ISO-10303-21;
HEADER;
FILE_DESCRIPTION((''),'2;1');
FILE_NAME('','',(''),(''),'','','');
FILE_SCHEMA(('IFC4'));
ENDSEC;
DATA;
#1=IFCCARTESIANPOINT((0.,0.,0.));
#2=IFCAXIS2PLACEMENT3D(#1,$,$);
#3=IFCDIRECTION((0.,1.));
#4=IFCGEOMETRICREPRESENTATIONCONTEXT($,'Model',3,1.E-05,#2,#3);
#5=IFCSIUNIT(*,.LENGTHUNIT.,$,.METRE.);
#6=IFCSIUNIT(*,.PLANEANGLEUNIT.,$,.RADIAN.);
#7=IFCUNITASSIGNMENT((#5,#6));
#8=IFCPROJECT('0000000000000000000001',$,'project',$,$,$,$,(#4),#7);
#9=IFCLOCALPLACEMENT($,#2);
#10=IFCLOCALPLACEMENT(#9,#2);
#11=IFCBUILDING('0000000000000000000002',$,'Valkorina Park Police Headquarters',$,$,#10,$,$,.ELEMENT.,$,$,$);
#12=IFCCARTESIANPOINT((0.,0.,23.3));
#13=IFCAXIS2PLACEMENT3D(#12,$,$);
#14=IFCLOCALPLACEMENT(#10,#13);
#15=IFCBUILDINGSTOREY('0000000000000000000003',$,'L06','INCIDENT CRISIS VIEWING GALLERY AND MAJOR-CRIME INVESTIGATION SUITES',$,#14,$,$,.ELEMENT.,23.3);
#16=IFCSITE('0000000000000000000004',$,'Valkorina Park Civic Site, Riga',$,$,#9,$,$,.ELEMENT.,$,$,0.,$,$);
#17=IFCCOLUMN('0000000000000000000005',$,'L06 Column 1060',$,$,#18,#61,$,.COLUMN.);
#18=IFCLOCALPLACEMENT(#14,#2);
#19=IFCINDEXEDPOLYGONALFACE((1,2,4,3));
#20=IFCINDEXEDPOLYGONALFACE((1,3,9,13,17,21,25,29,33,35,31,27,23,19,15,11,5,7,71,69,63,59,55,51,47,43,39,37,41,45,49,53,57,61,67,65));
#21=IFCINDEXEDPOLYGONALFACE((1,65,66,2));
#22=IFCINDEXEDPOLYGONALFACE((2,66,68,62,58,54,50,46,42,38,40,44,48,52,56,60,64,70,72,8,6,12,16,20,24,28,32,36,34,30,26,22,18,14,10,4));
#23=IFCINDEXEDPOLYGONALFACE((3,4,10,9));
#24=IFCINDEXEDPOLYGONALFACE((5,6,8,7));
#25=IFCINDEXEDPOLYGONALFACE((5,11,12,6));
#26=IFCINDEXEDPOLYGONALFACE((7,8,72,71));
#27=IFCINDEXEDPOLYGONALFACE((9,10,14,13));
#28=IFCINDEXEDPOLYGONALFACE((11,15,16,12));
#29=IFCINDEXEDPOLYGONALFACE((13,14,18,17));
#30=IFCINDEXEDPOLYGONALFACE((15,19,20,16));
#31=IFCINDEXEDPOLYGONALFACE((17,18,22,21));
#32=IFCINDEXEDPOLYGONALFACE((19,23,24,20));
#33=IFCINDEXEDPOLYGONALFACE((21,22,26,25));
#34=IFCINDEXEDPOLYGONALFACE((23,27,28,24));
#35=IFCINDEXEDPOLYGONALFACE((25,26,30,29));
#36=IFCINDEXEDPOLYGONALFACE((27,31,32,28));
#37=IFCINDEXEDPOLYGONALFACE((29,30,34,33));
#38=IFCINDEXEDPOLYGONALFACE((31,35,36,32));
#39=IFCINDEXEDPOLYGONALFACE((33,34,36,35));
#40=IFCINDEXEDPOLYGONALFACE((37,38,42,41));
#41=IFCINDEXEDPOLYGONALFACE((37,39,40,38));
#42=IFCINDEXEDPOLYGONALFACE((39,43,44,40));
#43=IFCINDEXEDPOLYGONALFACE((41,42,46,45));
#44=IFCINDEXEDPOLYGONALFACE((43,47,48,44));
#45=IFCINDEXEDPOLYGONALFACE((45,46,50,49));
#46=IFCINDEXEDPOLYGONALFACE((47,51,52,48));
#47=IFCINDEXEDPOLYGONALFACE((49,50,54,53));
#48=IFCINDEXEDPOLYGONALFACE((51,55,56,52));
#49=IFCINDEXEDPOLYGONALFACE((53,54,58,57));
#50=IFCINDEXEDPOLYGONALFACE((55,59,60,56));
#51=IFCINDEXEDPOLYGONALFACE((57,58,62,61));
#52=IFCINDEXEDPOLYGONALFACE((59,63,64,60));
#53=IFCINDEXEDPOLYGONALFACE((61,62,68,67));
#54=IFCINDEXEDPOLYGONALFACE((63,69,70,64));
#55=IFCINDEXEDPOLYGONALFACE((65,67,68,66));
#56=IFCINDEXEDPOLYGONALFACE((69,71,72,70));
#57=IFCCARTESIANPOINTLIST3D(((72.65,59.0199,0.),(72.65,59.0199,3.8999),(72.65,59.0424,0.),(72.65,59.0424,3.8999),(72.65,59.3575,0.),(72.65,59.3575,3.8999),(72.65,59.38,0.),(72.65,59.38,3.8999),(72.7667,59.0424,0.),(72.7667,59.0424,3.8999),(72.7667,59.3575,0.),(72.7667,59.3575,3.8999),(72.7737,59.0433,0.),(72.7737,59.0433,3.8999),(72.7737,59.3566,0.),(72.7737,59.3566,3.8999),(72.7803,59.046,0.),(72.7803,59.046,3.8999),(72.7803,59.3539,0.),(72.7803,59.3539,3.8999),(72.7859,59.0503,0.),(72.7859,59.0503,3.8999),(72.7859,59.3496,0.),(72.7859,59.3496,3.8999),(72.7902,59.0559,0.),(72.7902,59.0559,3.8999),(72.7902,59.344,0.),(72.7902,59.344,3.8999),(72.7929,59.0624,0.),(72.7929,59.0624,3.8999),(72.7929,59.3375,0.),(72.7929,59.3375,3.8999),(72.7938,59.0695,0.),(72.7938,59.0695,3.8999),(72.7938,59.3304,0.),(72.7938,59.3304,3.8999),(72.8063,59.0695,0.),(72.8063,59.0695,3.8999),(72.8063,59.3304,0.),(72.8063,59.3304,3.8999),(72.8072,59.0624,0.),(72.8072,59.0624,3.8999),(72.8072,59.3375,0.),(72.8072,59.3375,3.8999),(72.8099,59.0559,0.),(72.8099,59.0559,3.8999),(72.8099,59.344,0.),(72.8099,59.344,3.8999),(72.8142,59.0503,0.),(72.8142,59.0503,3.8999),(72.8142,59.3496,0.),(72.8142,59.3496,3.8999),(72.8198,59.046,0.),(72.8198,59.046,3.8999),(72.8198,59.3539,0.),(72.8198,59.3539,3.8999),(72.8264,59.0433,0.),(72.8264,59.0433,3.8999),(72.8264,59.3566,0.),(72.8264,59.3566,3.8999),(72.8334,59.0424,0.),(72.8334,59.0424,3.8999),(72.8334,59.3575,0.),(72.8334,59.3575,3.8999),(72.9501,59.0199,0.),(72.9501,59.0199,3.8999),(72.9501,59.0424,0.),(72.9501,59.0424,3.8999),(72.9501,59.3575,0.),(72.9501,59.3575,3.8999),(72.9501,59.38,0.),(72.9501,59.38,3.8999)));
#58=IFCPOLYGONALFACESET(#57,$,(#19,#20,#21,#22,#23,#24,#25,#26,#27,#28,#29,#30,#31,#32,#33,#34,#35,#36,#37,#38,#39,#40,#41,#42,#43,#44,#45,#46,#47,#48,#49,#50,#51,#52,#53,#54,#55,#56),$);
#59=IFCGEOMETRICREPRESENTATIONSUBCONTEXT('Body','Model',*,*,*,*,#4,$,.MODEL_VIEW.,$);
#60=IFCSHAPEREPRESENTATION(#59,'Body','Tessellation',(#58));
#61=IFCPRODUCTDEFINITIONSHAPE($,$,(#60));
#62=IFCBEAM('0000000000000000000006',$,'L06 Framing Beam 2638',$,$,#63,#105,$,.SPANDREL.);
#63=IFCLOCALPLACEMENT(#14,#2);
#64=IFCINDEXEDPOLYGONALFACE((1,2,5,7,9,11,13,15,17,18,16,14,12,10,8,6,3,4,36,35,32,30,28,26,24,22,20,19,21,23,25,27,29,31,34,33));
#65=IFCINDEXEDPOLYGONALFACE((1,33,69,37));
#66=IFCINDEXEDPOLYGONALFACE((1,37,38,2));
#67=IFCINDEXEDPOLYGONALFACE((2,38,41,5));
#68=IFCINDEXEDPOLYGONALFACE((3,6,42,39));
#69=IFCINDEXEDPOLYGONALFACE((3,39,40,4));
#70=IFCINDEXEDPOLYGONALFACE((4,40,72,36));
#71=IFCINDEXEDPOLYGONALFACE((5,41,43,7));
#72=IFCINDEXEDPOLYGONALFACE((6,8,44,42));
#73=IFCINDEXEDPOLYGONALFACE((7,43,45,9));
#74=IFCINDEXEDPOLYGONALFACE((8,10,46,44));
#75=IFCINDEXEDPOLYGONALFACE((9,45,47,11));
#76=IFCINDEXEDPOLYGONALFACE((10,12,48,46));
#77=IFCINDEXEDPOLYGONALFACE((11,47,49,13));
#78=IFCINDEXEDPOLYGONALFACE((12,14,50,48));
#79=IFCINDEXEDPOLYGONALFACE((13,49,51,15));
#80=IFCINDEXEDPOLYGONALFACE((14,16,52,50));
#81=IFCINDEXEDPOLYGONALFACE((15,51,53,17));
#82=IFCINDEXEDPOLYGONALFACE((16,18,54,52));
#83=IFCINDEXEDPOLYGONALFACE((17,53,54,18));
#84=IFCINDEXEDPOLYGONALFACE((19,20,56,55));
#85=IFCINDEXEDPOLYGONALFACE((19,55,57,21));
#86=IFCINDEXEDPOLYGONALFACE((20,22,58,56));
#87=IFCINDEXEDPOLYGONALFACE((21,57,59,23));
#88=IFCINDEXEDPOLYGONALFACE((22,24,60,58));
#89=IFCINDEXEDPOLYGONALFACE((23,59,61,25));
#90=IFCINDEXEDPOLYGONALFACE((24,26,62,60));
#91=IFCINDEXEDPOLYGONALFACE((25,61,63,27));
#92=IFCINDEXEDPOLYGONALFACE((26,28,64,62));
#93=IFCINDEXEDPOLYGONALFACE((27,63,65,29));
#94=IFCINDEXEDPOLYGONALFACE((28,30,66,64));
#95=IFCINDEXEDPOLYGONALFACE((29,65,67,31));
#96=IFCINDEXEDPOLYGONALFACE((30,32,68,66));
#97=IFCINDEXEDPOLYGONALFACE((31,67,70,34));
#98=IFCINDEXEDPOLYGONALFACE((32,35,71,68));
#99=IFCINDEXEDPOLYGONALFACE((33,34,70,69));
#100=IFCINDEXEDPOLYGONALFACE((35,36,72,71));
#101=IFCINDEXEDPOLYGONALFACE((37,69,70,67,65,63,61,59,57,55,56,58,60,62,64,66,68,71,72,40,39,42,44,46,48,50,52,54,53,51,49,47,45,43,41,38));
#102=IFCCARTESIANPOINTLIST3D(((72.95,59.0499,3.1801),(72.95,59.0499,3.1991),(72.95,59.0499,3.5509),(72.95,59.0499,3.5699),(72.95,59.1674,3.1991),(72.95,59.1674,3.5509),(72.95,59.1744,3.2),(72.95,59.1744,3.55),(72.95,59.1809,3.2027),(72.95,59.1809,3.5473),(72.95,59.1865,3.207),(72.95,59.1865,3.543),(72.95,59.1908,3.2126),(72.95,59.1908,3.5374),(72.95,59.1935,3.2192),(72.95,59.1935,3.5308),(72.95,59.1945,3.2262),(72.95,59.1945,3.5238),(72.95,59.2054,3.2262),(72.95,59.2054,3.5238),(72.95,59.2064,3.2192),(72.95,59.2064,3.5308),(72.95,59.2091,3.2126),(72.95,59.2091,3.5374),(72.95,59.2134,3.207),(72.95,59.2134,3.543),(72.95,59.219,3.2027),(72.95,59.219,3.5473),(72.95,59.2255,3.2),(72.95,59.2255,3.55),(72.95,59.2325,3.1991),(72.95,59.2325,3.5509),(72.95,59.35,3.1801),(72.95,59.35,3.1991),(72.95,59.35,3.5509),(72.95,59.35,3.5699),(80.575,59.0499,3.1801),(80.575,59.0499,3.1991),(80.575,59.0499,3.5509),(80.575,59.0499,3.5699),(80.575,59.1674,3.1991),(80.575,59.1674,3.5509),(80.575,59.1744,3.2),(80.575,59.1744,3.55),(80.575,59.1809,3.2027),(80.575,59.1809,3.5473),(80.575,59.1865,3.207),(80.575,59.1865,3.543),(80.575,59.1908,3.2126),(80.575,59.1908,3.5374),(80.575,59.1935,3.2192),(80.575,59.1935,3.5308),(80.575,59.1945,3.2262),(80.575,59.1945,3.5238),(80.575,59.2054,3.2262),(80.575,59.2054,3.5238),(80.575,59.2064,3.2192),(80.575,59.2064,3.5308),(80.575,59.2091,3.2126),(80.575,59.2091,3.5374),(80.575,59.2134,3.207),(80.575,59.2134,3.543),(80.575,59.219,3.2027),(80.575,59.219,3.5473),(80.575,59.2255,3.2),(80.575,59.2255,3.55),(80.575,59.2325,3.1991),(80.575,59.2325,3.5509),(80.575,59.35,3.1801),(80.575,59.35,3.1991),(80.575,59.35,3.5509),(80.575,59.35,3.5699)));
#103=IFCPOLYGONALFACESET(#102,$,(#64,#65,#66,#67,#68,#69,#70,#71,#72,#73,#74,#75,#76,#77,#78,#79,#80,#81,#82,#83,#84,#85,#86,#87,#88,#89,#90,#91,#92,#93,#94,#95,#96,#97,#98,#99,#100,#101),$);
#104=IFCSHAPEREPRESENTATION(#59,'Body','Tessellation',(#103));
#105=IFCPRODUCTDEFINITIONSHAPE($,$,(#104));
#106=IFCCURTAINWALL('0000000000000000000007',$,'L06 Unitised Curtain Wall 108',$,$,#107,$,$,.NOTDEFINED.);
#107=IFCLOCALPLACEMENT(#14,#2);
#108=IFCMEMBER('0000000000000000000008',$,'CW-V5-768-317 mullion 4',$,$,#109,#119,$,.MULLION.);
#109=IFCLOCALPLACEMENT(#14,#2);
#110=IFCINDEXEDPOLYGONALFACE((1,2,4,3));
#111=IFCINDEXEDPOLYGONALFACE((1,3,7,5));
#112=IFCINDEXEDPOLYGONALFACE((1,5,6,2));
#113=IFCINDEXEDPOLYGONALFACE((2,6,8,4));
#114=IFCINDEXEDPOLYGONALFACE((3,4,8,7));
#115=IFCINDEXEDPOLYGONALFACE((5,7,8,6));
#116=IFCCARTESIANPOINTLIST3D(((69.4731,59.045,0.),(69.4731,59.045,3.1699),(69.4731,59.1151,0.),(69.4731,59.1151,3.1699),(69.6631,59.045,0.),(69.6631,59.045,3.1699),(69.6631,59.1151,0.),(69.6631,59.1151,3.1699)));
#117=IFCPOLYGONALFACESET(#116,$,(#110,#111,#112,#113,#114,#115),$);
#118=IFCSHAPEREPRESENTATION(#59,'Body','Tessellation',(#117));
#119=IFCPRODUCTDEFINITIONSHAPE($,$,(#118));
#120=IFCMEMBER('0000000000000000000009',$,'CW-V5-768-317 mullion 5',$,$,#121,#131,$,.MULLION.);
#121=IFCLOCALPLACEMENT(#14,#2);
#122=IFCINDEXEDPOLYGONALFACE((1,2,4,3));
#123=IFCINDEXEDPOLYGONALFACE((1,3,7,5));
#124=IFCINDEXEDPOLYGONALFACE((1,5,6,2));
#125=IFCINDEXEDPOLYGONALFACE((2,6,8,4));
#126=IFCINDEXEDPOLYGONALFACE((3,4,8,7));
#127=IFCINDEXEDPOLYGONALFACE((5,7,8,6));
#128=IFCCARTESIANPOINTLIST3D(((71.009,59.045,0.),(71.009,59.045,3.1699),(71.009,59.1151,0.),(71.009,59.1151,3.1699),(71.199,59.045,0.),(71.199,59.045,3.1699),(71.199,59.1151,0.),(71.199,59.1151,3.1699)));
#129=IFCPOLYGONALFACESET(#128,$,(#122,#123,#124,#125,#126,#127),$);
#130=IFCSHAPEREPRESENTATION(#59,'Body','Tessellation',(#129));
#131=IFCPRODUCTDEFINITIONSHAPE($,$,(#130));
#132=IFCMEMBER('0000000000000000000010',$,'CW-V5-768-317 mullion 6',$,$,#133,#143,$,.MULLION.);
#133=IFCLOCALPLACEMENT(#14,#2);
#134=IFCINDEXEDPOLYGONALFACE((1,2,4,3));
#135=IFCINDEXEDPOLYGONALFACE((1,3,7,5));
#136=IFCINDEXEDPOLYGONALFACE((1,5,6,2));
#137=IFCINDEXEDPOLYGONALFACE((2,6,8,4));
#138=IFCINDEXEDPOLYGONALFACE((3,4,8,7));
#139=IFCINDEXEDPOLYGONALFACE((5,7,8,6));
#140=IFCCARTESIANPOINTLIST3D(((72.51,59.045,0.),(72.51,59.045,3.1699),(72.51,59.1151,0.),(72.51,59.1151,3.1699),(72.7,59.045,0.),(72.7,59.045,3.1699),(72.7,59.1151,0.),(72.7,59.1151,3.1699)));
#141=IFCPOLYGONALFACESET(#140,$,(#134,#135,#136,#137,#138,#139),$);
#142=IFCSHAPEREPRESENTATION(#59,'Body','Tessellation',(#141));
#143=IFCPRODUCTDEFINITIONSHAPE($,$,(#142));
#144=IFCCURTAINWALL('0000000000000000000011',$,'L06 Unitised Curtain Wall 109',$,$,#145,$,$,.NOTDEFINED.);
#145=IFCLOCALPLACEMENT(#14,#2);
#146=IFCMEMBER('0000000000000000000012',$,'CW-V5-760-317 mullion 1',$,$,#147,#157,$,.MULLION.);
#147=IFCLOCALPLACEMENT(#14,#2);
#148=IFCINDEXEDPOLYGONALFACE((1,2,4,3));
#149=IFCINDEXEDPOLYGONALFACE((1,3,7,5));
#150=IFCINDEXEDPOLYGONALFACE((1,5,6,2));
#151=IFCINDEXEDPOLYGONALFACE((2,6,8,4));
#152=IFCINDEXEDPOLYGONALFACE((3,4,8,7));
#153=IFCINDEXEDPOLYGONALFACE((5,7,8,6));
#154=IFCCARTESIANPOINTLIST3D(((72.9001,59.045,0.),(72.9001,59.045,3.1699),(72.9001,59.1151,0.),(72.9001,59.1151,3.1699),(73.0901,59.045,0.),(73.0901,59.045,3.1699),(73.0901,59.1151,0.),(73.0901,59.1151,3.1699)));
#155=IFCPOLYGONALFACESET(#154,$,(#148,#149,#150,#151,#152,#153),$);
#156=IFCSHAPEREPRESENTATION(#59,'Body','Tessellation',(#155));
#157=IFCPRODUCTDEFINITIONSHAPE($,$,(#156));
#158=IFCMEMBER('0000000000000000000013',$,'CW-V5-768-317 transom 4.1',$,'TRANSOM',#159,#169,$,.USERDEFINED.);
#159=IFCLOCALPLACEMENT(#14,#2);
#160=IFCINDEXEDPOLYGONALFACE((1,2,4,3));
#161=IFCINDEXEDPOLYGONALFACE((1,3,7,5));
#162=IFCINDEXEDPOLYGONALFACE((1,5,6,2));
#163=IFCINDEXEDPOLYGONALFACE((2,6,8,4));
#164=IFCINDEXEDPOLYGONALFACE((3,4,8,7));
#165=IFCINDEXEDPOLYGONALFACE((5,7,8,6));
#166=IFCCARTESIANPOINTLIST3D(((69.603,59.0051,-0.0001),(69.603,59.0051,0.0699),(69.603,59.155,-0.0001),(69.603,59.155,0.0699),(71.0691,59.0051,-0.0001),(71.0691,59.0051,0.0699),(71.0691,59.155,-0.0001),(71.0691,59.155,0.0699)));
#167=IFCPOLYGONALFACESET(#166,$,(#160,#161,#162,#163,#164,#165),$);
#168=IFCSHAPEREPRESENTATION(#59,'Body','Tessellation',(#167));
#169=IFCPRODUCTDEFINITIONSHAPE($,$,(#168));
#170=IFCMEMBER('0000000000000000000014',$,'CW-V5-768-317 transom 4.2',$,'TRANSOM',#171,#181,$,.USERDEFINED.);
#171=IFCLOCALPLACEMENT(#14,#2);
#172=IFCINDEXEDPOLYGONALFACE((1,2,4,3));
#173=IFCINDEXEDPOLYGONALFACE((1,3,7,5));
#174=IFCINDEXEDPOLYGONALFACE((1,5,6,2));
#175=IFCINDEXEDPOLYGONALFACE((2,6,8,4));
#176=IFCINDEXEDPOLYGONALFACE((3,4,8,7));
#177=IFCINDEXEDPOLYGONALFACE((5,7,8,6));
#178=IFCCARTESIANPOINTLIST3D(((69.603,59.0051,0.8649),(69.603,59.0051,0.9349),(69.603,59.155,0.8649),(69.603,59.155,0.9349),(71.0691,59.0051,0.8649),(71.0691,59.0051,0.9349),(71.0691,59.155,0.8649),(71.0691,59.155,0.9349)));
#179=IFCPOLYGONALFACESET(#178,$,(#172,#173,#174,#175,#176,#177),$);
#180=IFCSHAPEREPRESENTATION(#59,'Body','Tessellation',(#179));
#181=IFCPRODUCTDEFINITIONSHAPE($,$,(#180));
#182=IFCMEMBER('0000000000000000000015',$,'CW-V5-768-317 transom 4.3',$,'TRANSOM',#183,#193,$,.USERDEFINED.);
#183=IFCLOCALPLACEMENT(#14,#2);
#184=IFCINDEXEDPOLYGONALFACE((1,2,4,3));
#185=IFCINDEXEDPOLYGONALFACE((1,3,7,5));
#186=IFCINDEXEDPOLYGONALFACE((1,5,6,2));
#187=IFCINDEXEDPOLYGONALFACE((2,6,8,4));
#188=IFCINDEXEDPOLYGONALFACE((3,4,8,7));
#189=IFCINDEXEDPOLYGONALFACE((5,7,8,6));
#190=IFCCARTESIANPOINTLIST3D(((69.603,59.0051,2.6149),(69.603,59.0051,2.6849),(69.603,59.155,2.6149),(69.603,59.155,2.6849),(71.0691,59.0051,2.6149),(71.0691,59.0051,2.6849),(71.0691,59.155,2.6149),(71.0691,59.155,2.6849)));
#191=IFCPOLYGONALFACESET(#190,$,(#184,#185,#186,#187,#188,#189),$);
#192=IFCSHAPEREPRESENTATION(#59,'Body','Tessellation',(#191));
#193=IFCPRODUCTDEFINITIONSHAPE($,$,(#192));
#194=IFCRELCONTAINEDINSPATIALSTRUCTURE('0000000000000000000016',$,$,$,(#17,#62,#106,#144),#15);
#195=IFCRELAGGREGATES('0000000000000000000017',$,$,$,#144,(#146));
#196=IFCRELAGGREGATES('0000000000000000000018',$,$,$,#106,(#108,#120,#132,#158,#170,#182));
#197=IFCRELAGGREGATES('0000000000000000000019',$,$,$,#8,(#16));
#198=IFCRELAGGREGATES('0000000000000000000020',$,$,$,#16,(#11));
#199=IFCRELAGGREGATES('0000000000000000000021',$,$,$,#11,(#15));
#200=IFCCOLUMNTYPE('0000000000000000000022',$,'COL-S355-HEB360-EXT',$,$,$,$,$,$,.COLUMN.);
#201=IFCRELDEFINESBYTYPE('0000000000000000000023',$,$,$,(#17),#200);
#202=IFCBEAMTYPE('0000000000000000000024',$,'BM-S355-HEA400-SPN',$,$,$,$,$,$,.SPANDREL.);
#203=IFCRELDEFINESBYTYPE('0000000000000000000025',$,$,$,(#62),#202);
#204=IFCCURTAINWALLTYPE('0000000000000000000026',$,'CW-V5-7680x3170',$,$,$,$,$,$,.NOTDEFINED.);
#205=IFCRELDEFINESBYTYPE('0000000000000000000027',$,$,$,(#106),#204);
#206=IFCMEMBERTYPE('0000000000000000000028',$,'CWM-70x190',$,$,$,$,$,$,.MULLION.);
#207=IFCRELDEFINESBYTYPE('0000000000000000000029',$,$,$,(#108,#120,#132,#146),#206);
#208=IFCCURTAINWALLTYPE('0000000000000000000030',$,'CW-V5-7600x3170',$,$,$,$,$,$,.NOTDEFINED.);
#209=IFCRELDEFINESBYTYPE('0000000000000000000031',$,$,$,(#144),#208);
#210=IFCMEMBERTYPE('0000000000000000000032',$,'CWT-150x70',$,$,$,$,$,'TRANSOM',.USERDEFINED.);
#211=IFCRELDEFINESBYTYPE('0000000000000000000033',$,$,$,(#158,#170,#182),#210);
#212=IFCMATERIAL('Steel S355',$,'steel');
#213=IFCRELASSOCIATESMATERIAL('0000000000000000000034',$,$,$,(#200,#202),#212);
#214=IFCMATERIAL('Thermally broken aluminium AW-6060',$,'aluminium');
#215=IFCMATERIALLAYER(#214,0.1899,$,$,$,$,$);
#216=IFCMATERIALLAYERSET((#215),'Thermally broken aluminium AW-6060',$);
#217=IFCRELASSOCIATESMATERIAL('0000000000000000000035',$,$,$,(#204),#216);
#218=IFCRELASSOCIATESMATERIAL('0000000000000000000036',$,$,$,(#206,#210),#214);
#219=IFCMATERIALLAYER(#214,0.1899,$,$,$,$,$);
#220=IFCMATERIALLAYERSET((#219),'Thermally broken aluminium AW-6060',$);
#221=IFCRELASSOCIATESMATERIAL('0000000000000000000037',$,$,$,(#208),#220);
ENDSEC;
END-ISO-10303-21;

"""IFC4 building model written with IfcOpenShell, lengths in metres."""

from ifc_helpers import new_model, si_unit, direction, frame, origin, origin_2d, place, context, subcontext, project, spatial, rectangle, i_section, extrude, material, layer, layer_set, material_profile, profile_set, type_object, element, aggregate, save


model = new_model("IFC4")

# Units and contexts
model_context = context("Model", 3, precision=1e-05, world=origin(), true_north=direction((0.0, 1.0)))
body_context = subcontext(model_context, "Body", "Model", "MODEL_VIEW")
ifc_project = project(units=[si_unit("LENGTHUNIT", "METRE"), si_unit("PLANEANGLEUNIT", "RADIAN")], contexts=[model_context])

# Site, building, storey
site_placement = place(None, origin())
site = spatial("IfcSite", under=ifc_project, at=site_placement, Name="Valkorina Park Civic Site, Riga", CompositionType="ELEMENT", RefElevation=0.0)
building_placement = place(site_placement, origin())
building = spatial("IfcBuilding", under=site, at=building_placement, Name="Valkorina Park Police Headquarters", CompositionType="ELEMENT")
storey_placement = place(building_placement, frame((0.0, 0.0, 23.3)))
storey = spatial("IfcBuildingStorey", under=building, at=storey_placement, Name="L06", Description="INCIDENT CRISIS VIEWING GALLERY AND MAJOR-CRIME INVESTIGATION SUITES", CompositionType="ELEMENT", Elevation=23.3)

# Column
ifc_material_1 = material(Name="Steel S355", Category="steel")
ifc_material_profile_1 = material_profile(ifc_material_1, i_section(OverallWidth=0.3, OverallDepth=0.3601, WebThickness=0.0125, FlangeThickness=0.0225, FilletRadius=0.0271, at=origin_2d()), Name="HEB 360")
ifc_profile_set_1 = profile_set([ifc_material_profile_1], Name="Steel S355")
column_type = type_object("IfcColumnType", Name="COL-S355-HEB360-EXT", PredefinedType="COLUMN", material=ifc_profile_set_1)
column_placement = place(storey_placement, frame((72.8, 59.2, 0.0), z_axis=(0.0, 0.0, 1.0), x_axis=(1.0, 0.0, 0.0)))
element("IfcColumn", 1, at=column_placement, inside=storey, type_object=column_type, Name="L06 Column 1060", PredefinedType="COLUMN", context=body_context, shape_type="SweptSolid", body=[
    extrude(i_section(OverallWidth=0.3, OverallDepth=0.3601, WebThickness=0.0125, FlangeThickness=0.0225, FilletRadius=0.0271, at=origin_2d()), origin(), (0.0, 0.0, 1.0), 3.8999),
])

# Beam
ifc_material_profile_2 = material_profile(ifc_material_1, i_section(OverallWidth=0.3, OverallDepth=0.3899, WebThickness=0.011, FlangeThickness=0.019, FilletRadius=0.0271, at=origin_2d()), Name="HEA 400")
ifc_profile_set_2 = profile_set([ifc_material_profile_2], Name="Steel S355")
beam_type = type_object("IfcBeamType", Name="BM-S355-HEA400-SPN", PredefinedType="SPANDREL", material=ifc_profile_set_2)
beam_placement = place(storey_placement, frame((72.95, 59.2, 3.375), z_axis=(1.0, 0.0, 0.0), x_axis=(0.0, 1.0, 0.0)))
element("IfcBeam", 2, at=beam_placement, inside=storey, type_object=beam_type, Name="L06 Framing Beam 2638", PredefinedType="SPANDREL", context=body_context, shape_type="SweptSolid", body=[
    extrude(i_section(OverallWidth=0.3, OverallDepth=0.3899, WebThickness=0.011, FlangeThickness=0.019, FilletRadius=0.0271, at=origin_2d()), origin(), (0.0, 0.0, 1.0), 7.625),
])

# Curtain wall, members
ifc_material_2 = material(Name="Thermally broken aluminium AW-6060", Category="aluminium")
ifc_layer_1 = layer(ifc_material_2, 0.1899)
ifc_layer_set_1 = layer_set([ifc_layer_1], Name="Thermally broken aluminium AW-6060")
curtain_wall_type_1 = type_object("IfcCurtainWallType", Name="CW-V5-7680x3170", PredefinedType="NOTDEFINED", material=ifc_layer_set_1)
curtain_wall_1_placement = place(storey_placement, origin())
curtain_wall_1 = element("IfcCurtainWall", 3, at=curtain_wall_1_placement, inside=storey, type_object=curtain_wall_type_1, Name="L06 Unitised Curtain Wall 108", PredefinedType="NOTDEFINED")
ifc_material_profile_3 = material_profile(ifc_material_2, rectangle(XDim=0.0701, YDim=0.1899, at=origin_2d()), Name="CWM-02 70x190")
ifc_profile_set_3 = profile_set([ifc_material_profile_3], Name="Thermally broken aluminium AW-6060")
member_type_1 = type_object("IfcMemberType", Name="CWM-70x190", PredefinedType="MULLION", material=ifc_profile_set_3)
member_1_placement = place(storey_placement, frame((69.5681, 59.0801, 0.0), z_axis=(0.0, 0.0, 1.0), x_axis=(0.0, 1.0, 0.0)))
member_1 = element("IfcMember", 4, at=member_1_placement, type_object=member_type_1, Name="CW-V5-768-317 mullion 4", PredefinedType="MULLION", context=body_context, shape_type="SweptSolid", body=[
    extrude(rectangle(XDim=0.0701, YDim=0.1899, at=origin_2d()), origin(), (0.0, 0.0, 1.0), 3.1699),
])
member_2_placement = place(storey_placement, frame((71.104, 59.0801, 0.0), z_axis=(0.0, 0.0, 1.0), x_axis=(0.0, 1.0, 0.0)))
member_2 = element("IfcMember", 5, at=member_2_placement, type_object=member_type_1, Name="CW-V5-768-317 mullion 5", PredefinedType="MULLION", context=body_context, shape_type="SweptSolid", body=[
    extrude(rectangle(XDim=0.0701, YDim=0.1899, at=origin_2d()), origin(), (0.0, 0.0, 1.0), 3.1699),
])
member_3_placement = place(storey_placement, frame((72.605, 59.0801, 0.0), z_axis=(0.0, 0.0, 1.0), x_axis=(0.0, 1.0, 0.0)))
member_3 = element("IfcMember", 6, at=member_3_placement, type_object=member_type_1, Name="CW-V5-768-317 mullion 6", PredefinedType="MULLION", context=body_context, shape_type="SweptSolid", body=[
    extrude(rectangle(XDim=0.0701, YDim=0.1899, at=origin_2d()), origin(), (0.0, 0.0, 1.0), 3.1699),
])

# Curtain wall, member
ifc_layer_2 = layer(ifc_material_2, 0.1899)
ifc_layer_set_2 = layer_set([ifc_layer_2], Name="Thermally broken aluminium AW-6060")
curtain_wall_type_2 = type_object("IfcCurtainWallType", Name="CW-V5-7600x3170", PredefinedType="NOTDEFINED", material=ifc_layer_set_2)
curtain_wall_2_placement = place(storey_placement, origin())
curtain_wall_2 = element("IfcCurtainWall", 7, at=curtain_wall_2_placement, inside=storey, type_object=curtain_wall_type_2, Name="L06 Unitised Curtain Wall 109", PredefinedType="NOTDEFINED")
member_4_placement = place(storey_placement, frame((72.9951, 59.0801, 0.0), z_axis=(0.0, 0.0, 1.0), x_axis=(0.0, 1.0, 0.0)))
member_4 = element("IfcMember", 8, at=member_4_placement, type_object=member_type_1, Name="CW-V5-760-317 mullion 1", PredefinedType="MULLION", context=body_context, shape_type="SweptSolid", body=[
    extrude(rectangle(XDim=0.0701, YDim=0.1899, at=origin_2d()), origin(), (0.0, 0.0, 1.0), 3.1699),
])

# Members
ifc_material_profile_4 = material_profile(ifc_material_2, rectangle(XDim=0.1499, YDim=0.0701, at=origin_2d()), Name="CWT-02 150x70")
ifc_profile_set_4 = profile_set([ifc_material_profile_4], Name="Thermally broken aluminium AW-6060")
member_type_2 = type_object("IfcMemberType", Name="CWT-150x70", ElementType="TRANSOM", PredefinedType="USERDEFINED", material=ifc_profile_set_4)
member_5_placement = place(storey_placement, frame((69.603, 59.0801, 0.0349), z_axis=(1.0, 0.0, 0.0), x_axis=(0.0, 1.0, 0.0)))
member_5 = element("IfcMember", 9, at=member_5_placement, type_object=member_type_2, Name="CW-V5-768-317 transom 4.1", ObjectType="TRANSOM", PredefinedType="USERDEFINED", context=body_context, shape_type="SweptSolid", body=[
    extrude(rectangle(XDim=0.1499, YDim=0.0701, at=origin_2d()), origin(), (0.0, 0.0, 1.0), 1.4661),
])
member_6_placement = place(storey_placement, frame((69.603, 59.0801, 0.8999), z_axis=(1.0, 0.0, 0.0), x_axis=(0.0, 1.0, 0.0)))
member_6 = element("IfcMember", 10, at=member_6_placement, type_object=member_type_2, Name="CW-V5-768-317 transom 4.2", ObjectType="TRANSOM", PredefinedType="USERDEFINED", context=body_context, shape_type="SweptSolid", body=[
    extrude(rectangle(XDim=0.1499, YDim=0.0701, at=origin_2d()), origin(), (0.0, 0.0, 1.0), 1.4661),
])
member_7_placement = place(storey_placement, frame((69.603, 59.0801, 2.6499), z_axis=(1.0, 0.0, 0.0), x_axis=(0.0, 1.0, 0.0)))
member_7 = element("IfcMember", 11, at=member_7_placement, type_object=member_type_2, Name="CW-V5-768-317 transom 4.3", ObjectType="TRANSOM", PredefinedType="USERDEFINED", context=body_context, shape_type="SweptSolid", body=[
    extrude(rectangle(XDim=0.1499, YDim=0.0701, at=origin_2d()), origin(), (0.0, 0.0, 1.0), 1.4661),
])
aggregate(curtain_wall_2, [member_4])

aggregate(curtain_wall_1, [member_1, member_2, member_3, member_5, member_6, member_7])

save(model, "model.ifc")
